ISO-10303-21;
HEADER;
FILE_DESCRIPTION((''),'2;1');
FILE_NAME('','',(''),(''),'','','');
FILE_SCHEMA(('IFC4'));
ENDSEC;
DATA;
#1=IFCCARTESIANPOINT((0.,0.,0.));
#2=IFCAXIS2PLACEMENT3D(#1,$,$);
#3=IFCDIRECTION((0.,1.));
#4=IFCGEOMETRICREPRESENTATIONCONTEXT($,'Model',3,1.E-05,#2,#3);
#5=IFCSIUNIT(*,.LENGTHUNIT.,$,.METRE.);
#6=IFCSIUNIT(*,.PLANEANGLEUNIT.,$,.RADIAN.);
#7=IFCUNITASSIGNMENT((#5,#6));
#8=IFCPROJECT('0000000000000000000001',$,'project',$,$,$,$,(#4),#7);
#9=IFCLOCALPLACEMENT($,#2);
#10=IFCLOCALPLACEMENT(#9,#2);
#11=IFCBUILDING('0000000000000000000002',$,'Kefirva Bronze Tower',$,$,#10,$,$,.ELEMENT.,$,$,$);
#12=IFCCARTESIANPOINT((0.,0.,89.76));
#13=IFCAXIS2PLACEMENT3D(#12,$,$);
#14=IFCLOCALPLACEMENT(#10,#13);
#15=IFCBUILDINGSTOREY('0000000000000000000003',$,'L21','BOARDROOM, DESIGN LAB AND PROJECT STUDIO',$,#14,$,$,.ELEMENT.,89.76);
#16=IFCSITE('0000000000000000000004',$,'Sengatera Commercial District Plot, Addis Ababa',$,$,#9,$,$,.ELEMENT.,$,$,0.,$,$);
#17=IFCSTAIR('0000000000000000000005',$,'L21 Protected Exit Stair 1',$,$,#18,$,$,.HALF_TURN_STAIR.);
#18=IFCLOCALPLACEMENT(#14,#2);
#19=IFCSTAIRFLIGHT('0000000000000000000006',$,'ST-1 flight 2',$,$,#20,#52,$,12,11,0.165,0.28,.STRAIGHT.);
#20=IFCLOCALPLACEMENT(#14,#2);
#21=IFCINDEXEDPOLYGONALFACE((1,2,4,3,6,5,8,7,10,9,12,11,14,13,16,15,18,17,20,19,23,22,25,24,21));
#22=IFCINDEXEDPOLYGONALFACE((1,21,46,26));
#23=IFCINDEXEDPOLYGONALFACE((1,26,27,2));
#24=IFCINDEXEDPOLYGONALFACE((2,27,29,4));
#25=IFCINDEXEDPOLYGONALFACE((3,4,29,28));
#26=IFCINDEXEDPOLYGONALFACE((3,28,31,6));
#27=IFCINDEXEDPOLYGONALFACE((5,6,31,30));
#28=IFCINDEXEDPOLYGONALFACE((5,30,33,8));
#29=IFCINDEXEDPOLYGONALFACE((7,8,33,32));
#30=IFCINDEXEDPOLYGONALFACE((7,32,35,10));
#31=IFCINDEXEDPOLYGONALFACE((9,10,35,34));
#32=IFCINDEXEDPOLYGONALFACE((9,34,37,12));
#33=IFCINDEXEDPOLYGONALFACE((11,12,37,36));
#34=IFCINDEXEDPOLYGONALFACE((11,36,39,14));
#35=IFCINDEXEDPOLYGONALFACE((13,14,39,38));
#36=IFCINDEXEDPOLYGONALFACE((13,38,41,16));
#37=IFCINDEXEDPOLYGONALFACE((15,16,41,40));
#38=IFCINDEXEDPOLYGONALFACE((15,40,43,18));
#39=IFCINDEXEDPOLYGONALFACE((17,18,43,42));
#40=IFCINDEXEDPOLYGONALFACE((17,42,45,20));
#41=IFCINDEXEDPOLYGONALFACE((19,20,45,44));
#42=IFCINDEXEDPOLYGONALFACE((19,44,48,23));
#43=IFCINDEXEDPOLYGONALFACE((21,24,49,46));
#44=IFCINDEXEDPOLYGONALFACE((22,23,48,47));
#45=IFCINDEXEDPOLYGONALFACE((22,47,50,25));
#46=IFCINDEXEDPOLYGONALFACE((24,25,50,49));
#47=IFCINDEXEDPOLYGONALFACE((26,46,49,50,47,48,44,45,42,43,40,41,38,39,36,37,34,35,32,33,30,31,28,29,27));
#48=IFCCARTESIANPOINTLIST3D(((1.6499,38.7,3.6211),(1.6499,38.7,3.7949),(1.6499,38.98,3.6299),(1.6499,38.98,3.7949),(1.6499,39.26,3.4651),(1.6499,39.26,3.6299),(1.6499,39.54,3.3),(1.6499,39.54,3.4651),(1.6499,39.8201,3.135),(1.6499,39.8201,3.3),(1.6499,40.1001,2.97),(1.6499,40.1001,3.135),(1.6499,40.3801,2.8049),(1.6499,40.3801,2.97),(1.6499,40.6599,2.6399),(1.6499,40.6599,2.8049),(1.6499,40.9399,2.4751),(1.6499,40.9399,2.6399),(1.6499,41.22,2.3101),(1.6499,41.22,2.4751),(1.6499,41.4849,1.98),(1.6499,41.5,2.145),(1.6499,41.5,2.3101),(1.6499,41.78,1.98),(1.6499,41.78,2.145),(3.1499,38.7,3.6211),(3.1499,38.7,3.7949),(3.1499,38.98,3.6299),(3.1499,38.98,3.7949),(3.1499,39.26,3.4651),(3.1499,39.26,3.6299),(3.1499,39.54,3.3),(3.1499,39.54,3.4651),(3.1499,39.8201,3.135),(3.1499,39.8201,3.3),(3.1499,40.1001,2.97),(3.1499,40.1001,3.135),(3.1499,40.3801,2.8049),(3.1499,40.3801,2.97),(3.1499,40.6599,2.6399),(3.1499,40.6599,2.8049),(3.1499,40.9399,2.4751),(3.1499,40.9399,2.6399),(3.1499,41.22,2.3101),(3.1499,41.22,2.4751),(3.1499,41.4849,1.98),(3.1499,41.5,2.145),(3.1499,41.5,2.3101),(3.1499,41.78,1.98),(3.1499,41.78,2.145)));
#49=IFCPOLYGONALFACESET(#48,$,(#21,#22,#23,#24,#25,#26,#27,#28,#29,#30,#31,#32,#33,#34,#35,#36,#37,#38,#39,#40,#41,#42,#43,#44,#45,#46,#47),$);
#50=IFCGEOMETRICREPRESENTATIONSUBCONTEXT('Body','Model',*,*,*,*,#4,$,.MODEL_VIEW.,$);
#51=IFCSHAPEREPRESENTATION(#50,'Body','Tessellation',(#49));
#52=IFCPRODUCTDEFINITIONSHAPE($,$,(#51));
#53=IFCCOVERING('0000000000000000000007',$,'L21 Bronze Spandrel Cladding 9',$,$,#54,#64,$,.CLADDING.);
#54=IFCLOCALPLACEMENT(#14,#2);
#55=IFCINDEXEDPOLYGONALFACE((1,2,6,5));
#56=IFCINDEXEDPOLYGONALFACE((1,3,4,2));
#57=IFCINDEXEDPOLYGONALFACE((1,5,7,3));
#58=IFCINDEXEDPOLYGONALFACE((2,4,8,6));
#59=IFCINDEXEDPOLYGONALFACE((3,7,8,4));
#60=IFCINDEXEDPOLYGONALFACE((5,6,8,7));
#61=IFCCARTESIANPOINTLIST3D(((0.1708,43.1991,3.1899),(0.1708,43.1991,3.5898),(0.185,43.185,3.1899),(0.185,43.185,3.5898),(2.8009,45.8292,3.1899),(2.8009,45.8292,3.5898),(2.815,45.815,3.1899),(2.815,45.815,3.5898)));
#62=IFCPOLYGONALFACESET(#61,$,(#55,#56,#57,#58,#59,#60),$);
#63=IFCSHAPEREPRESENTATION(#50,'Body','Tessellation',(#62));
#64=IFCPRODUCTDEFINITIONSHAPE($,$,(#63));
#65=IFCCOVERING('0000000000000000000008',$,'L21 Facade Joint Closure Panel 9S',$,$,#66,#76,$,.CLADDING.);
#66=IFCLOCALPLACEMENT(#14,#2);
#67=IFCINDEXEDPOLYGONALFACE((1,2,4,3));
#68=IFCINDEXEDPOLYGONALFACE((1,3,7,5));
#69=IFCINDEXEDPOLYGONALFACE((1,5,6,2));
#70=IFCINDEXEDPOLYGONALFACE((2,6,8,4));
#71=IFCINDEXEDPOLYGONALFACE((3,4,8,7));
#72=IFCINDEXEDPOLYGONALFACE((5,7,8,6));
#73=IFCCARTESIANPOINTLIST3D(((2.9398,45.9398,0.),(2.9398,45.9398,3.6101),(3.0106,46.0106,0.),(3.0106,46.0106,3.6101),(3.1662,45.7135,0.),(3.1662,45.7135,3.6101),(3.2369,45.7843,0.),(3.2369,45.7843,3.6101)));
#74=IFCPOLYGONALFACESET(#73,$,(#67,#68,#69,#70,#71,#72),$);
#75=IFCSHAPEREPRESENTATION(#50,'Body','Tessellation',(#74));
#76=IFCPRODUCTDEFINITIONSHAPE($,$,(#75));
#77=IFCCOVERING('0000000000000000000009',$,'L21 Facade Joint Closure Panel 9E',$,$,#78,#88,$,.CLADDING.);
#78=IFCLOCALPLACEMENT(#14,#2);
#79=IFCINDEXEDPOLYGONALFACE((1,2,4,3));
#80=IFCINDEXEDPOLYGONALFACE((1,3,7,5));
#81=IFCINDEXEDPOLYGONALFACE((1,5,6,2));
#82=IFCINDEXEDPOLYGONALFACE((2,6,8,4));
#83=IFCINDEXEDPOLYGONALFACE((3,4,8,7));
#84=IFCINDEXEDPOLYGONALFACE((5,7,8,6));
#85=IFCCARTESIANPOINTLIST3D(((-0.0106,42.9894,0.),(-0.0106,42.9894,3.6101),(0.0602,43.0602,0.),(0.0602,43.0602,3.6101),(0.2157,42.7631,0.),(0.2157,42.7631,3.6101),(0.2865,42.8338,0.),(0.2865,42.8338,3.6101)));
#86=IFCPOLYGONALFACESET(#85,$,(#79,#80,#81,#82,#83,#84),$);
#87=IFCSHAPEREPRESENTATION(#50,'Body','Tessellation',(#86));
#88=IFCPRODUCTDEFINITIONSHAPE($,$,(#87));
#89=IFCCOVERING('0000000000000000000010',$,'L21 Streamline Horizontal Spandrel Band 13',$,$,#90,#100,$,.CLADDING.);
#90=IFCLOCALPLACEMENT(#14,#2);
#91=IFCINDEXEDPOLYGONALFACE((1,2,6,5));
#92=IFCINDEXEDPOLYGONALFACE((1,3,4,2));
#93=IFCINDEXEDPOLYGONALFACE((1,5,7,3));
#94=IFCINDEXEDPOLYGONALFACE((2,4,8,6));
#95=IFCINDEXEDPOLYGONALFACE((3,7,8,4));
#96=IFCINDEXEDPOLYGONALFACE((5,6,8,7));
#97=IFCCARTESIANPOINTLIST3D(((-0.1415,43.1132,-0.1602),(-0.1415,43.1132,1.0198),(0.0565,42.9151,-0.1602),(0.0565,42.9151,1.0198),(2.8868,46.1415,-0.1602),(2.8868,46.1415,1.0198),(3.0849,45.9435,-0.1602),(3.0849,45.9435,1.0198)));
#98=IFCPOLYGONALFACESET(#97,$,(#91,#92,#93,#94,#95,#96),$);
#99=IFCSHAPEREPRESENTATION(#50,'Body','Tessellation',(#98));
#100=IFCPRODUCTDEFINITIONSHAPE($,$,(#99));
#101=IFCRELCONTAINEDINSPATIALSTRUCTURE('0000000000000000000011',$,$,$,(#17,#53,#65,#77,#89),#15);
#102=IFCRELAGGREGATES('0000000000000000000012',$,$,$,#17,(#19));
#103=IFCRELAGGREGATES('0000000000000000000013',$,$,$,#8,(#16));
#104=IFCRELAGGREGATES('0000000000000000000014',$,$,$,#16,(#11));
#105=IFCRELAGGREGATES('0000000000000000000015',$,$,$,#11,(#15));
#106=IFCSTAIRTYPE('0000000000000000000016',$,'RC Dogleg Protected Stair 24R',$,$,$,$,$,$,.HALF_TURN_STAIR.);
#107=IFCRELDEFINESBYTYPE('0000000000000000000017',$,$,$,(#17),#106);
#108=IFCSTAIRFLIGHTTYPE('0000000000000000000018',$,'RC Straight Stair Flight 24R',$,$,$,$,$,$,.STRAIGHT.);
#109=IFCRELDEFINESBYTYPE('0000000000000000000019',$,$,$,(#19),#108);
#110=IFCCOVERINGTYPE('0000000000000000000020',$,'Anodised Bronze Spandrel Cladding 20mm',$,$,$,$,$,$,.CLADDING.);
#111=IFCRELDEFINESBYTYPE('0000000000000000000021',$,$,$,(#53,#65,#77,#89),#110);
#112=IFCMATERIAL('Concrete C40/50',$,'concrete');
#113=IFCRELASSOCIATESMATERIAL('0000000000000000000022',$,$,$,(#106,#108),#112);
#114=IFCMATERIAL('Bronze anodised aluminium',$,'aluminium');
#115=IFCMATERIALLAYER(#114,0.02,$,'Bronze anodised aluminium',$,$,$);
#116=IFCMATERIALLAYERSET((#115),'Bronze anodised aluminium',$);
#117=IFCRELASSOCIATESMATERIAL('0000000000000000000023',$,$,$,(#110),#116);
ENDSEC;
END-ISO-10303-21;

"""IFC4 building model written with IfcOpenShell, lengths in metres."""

from ifc_helpers import new_model, si_unit, direction, frame, origin, origin_2d, place, context, subcontext, project, spatial, polyline, rectangle, outline, extrude, material, layer, layer_set, type_object, element, aggregate, save


model = new_model("IFC4")

# Units and contexts
model_context = context("Model", 3, precision=1e-05, world=origin(), true_north=direction((0.0, 1.0)))
body_context = subcontext(model_context, "Body", "Model", "MODEL_VIEW")
ifc_project = project(units=[si_unit("LENGTHUNIT", "METRE"), si_unit("PLANEANGLEUNIT", "RADIAN")], contexts=[model_context])

# Site, building, storey
site_placement = place(None, origin())
site = spatial("IfcSite", under=ifc_project, at=site_placement, Name="Sengatera Commercial District Plot, Addis Ababa", CompositionType="ELEMENT", RefElevation=0.0)
building_placement = place(site_placement, origin())
building = spatial("IfcBuilding", under=site, at=building_placement, Name="Kefirva Bronze Tower", CompositionType="ELEMENT")
storey_placement = place(building_placement, frame((0.0, 0.0, 89.76)))
storey = spatial("IfcBuildingStorey", under=building, at=storey_placement, Name="L21", Description="BOARDROOM, DESIGN LAB AND PROJECT STUDIO", CompositionType="ELEMENT", Elevation=89.76)

# Shared definitions
ifc_material_1 = material(Name="Bronze anodised aluminium", Category="aluminium")

# Stair, stair flight
ifc_material_2 = material(Name="Concrete C40/50", Category="concrete")
stair_type = type_object("IfcStairType", Name="RC Dogleg Protected Stair 24R", PredefinedType="HALF_TURN_STAIR", material=ifc_material_2)
stair_placement = place(storey_placement, origin())
stair = element("IfcStair", 1, at=stair_placement, inside=storey, type_object=stair_type, Name="L21 Protected Exit Stair 1", PredefinedType="HALF_TURN_STAIR")
stair_flight_type = type_object("IfcStairFlightType", Name="RC Straight Stair Flight 24R", PredefinedType="STRAIGHT", material=ifc_material_2)
stair_flight_1_placement = place(storey_placement, frame((2.3999, 41.78, 1.98), z_axis=(0.0, 0.0, 1.0), x_axis=(0.0, -1.0, 0.0)))
stair_flight_1 = element("IfcStairFlight", 2, at=stair_flight_1_placement, type_object=stair_flight_type, Name="ST-1 flight 2", NumberOfRisers=12, NumberOfTreads=11, PredefinedType="STRAIGHT", RiserHeight=0.165, TreadLength=0.28, context=body_context, shape_type="SweptSolid", body=[
    extrude(outline(polyline([(0.0, 0.0), (0.0, 0.165), (0.28, 0.165), (0.28, 0.3301), (0.5601, 0.3301), (0.5601, 0.4951), (0.8401, 0.4951), (0.8401, 0.6599), (1.1201, 0.6599), (1.1201, 0.825), (1.3999, 0.825), (1.3999, 0.99), (1.6799, 0.99), (1.6799, 1.155), (1.96, 1.155), (1.96, 1.3201), (2.24, 1.3201), (2.24, 1.4851), (2.52, 1.4851), (2.52, 1.6499), (2.8, 1.6499), (2.8, 1.8149), (3.0801, 1.8149), (3.0801, 1.98), (3.0801, 1.6411), (0.2952, 0.0), (0.0, 0.0)])), frame((0.0, 0.75, 0.0), z_axis=(0.0, -1.0, 0.0), x_axis=(1.0, 0.0, 0.0)), (0.0, 0.0, 1.0), 1.5),
])
aggregate(stair, [stair_flight_1])

# Coverings
ifc_layer_1 = layer(ifc_material_1, 0.02, Name="Bronze anodised aluminium")
ifc_layer_set_1 = layer_set([ifc_layer_1], Name="Bronze anodised aluminium")
covering_type_1 = type_object("IfcCoveringType", Name="Anodised Bronze Spandrel Cladding 20mm", PredefinedType="CLADDING", material=ifc_layer_set_1)
covering_1_placement = place(storey_placement, frame((1.4929, 44.5071, 3.1899), z_axis=(0.0, 0.0, 1.0), x_axis=(-0.707107, -0.707107, 0.0)))
element("IfcCovering", 3, at=covering_1_placement, inside=storey, type_object=covering_type_1, Name="L21 Bronze Spandrel Cladding 9", PredefinedType="CLADDING", context=body_context, shape_type="SweptSolid", body=[
    extrude(rectangle(XDim=3.7195, YDim=0.02, at=origin_2d()), origin(), (0.0, 0.0, 1.0), 0.3999),
])
for number, where, z_axis, x_axis, name in (
    (4, (3.0884, 45.8621, 0.0), (0.0, 0.0, 1.0), (-0.707107, -0.707107, 0.0), "L21 Facade Joint Closure Panel 9S"),
    (5, (0.1379, 42.9116, 0.0), (0.0, 0.0, 1.0), (-0.707107, -0.707107, 0.0), "L21 Facade Joint Closure Panel 9E"),
):
    element("IfcCovering", number, at=place(storey_placement, frame(where, z_axis=z_axis, x_axis=x_axis)), inside=storey, type_object=covering_type_1, Name=name, PredefinedType="CLADDING", context=body_context, shape_type="SweptSolid", body=[
        extrude(rectangle(XDim=0.1001, YDim=0.3201, at=origin_2d()), origin(), (0.0, 0.0, 1.0), 3.6101),
    ])
covering_2_placement = place(storey_placement, frame((1.4717, 44.5283, -0.1602), z_axis=(0.0, 0.0, 1.0), x_axis=(-0.707107, -0.707107, 0.0)))
element("IfcCovering", 6, at=covering_2_placement, inside=storey, type_object=covering_type_1, Name="L21 Streamline Horizontal Spandrel Band 13", PredefinedType="CLADDING", context=body_context, shape_type="SweptSolid", body=[
    extrude(rectangle(XDim=4.2827, YDim=0.28, at=origin_2d()), origin(), (0.0, 0.0, 1.0), 1.1799),
])

save(model, "model.ifc")
